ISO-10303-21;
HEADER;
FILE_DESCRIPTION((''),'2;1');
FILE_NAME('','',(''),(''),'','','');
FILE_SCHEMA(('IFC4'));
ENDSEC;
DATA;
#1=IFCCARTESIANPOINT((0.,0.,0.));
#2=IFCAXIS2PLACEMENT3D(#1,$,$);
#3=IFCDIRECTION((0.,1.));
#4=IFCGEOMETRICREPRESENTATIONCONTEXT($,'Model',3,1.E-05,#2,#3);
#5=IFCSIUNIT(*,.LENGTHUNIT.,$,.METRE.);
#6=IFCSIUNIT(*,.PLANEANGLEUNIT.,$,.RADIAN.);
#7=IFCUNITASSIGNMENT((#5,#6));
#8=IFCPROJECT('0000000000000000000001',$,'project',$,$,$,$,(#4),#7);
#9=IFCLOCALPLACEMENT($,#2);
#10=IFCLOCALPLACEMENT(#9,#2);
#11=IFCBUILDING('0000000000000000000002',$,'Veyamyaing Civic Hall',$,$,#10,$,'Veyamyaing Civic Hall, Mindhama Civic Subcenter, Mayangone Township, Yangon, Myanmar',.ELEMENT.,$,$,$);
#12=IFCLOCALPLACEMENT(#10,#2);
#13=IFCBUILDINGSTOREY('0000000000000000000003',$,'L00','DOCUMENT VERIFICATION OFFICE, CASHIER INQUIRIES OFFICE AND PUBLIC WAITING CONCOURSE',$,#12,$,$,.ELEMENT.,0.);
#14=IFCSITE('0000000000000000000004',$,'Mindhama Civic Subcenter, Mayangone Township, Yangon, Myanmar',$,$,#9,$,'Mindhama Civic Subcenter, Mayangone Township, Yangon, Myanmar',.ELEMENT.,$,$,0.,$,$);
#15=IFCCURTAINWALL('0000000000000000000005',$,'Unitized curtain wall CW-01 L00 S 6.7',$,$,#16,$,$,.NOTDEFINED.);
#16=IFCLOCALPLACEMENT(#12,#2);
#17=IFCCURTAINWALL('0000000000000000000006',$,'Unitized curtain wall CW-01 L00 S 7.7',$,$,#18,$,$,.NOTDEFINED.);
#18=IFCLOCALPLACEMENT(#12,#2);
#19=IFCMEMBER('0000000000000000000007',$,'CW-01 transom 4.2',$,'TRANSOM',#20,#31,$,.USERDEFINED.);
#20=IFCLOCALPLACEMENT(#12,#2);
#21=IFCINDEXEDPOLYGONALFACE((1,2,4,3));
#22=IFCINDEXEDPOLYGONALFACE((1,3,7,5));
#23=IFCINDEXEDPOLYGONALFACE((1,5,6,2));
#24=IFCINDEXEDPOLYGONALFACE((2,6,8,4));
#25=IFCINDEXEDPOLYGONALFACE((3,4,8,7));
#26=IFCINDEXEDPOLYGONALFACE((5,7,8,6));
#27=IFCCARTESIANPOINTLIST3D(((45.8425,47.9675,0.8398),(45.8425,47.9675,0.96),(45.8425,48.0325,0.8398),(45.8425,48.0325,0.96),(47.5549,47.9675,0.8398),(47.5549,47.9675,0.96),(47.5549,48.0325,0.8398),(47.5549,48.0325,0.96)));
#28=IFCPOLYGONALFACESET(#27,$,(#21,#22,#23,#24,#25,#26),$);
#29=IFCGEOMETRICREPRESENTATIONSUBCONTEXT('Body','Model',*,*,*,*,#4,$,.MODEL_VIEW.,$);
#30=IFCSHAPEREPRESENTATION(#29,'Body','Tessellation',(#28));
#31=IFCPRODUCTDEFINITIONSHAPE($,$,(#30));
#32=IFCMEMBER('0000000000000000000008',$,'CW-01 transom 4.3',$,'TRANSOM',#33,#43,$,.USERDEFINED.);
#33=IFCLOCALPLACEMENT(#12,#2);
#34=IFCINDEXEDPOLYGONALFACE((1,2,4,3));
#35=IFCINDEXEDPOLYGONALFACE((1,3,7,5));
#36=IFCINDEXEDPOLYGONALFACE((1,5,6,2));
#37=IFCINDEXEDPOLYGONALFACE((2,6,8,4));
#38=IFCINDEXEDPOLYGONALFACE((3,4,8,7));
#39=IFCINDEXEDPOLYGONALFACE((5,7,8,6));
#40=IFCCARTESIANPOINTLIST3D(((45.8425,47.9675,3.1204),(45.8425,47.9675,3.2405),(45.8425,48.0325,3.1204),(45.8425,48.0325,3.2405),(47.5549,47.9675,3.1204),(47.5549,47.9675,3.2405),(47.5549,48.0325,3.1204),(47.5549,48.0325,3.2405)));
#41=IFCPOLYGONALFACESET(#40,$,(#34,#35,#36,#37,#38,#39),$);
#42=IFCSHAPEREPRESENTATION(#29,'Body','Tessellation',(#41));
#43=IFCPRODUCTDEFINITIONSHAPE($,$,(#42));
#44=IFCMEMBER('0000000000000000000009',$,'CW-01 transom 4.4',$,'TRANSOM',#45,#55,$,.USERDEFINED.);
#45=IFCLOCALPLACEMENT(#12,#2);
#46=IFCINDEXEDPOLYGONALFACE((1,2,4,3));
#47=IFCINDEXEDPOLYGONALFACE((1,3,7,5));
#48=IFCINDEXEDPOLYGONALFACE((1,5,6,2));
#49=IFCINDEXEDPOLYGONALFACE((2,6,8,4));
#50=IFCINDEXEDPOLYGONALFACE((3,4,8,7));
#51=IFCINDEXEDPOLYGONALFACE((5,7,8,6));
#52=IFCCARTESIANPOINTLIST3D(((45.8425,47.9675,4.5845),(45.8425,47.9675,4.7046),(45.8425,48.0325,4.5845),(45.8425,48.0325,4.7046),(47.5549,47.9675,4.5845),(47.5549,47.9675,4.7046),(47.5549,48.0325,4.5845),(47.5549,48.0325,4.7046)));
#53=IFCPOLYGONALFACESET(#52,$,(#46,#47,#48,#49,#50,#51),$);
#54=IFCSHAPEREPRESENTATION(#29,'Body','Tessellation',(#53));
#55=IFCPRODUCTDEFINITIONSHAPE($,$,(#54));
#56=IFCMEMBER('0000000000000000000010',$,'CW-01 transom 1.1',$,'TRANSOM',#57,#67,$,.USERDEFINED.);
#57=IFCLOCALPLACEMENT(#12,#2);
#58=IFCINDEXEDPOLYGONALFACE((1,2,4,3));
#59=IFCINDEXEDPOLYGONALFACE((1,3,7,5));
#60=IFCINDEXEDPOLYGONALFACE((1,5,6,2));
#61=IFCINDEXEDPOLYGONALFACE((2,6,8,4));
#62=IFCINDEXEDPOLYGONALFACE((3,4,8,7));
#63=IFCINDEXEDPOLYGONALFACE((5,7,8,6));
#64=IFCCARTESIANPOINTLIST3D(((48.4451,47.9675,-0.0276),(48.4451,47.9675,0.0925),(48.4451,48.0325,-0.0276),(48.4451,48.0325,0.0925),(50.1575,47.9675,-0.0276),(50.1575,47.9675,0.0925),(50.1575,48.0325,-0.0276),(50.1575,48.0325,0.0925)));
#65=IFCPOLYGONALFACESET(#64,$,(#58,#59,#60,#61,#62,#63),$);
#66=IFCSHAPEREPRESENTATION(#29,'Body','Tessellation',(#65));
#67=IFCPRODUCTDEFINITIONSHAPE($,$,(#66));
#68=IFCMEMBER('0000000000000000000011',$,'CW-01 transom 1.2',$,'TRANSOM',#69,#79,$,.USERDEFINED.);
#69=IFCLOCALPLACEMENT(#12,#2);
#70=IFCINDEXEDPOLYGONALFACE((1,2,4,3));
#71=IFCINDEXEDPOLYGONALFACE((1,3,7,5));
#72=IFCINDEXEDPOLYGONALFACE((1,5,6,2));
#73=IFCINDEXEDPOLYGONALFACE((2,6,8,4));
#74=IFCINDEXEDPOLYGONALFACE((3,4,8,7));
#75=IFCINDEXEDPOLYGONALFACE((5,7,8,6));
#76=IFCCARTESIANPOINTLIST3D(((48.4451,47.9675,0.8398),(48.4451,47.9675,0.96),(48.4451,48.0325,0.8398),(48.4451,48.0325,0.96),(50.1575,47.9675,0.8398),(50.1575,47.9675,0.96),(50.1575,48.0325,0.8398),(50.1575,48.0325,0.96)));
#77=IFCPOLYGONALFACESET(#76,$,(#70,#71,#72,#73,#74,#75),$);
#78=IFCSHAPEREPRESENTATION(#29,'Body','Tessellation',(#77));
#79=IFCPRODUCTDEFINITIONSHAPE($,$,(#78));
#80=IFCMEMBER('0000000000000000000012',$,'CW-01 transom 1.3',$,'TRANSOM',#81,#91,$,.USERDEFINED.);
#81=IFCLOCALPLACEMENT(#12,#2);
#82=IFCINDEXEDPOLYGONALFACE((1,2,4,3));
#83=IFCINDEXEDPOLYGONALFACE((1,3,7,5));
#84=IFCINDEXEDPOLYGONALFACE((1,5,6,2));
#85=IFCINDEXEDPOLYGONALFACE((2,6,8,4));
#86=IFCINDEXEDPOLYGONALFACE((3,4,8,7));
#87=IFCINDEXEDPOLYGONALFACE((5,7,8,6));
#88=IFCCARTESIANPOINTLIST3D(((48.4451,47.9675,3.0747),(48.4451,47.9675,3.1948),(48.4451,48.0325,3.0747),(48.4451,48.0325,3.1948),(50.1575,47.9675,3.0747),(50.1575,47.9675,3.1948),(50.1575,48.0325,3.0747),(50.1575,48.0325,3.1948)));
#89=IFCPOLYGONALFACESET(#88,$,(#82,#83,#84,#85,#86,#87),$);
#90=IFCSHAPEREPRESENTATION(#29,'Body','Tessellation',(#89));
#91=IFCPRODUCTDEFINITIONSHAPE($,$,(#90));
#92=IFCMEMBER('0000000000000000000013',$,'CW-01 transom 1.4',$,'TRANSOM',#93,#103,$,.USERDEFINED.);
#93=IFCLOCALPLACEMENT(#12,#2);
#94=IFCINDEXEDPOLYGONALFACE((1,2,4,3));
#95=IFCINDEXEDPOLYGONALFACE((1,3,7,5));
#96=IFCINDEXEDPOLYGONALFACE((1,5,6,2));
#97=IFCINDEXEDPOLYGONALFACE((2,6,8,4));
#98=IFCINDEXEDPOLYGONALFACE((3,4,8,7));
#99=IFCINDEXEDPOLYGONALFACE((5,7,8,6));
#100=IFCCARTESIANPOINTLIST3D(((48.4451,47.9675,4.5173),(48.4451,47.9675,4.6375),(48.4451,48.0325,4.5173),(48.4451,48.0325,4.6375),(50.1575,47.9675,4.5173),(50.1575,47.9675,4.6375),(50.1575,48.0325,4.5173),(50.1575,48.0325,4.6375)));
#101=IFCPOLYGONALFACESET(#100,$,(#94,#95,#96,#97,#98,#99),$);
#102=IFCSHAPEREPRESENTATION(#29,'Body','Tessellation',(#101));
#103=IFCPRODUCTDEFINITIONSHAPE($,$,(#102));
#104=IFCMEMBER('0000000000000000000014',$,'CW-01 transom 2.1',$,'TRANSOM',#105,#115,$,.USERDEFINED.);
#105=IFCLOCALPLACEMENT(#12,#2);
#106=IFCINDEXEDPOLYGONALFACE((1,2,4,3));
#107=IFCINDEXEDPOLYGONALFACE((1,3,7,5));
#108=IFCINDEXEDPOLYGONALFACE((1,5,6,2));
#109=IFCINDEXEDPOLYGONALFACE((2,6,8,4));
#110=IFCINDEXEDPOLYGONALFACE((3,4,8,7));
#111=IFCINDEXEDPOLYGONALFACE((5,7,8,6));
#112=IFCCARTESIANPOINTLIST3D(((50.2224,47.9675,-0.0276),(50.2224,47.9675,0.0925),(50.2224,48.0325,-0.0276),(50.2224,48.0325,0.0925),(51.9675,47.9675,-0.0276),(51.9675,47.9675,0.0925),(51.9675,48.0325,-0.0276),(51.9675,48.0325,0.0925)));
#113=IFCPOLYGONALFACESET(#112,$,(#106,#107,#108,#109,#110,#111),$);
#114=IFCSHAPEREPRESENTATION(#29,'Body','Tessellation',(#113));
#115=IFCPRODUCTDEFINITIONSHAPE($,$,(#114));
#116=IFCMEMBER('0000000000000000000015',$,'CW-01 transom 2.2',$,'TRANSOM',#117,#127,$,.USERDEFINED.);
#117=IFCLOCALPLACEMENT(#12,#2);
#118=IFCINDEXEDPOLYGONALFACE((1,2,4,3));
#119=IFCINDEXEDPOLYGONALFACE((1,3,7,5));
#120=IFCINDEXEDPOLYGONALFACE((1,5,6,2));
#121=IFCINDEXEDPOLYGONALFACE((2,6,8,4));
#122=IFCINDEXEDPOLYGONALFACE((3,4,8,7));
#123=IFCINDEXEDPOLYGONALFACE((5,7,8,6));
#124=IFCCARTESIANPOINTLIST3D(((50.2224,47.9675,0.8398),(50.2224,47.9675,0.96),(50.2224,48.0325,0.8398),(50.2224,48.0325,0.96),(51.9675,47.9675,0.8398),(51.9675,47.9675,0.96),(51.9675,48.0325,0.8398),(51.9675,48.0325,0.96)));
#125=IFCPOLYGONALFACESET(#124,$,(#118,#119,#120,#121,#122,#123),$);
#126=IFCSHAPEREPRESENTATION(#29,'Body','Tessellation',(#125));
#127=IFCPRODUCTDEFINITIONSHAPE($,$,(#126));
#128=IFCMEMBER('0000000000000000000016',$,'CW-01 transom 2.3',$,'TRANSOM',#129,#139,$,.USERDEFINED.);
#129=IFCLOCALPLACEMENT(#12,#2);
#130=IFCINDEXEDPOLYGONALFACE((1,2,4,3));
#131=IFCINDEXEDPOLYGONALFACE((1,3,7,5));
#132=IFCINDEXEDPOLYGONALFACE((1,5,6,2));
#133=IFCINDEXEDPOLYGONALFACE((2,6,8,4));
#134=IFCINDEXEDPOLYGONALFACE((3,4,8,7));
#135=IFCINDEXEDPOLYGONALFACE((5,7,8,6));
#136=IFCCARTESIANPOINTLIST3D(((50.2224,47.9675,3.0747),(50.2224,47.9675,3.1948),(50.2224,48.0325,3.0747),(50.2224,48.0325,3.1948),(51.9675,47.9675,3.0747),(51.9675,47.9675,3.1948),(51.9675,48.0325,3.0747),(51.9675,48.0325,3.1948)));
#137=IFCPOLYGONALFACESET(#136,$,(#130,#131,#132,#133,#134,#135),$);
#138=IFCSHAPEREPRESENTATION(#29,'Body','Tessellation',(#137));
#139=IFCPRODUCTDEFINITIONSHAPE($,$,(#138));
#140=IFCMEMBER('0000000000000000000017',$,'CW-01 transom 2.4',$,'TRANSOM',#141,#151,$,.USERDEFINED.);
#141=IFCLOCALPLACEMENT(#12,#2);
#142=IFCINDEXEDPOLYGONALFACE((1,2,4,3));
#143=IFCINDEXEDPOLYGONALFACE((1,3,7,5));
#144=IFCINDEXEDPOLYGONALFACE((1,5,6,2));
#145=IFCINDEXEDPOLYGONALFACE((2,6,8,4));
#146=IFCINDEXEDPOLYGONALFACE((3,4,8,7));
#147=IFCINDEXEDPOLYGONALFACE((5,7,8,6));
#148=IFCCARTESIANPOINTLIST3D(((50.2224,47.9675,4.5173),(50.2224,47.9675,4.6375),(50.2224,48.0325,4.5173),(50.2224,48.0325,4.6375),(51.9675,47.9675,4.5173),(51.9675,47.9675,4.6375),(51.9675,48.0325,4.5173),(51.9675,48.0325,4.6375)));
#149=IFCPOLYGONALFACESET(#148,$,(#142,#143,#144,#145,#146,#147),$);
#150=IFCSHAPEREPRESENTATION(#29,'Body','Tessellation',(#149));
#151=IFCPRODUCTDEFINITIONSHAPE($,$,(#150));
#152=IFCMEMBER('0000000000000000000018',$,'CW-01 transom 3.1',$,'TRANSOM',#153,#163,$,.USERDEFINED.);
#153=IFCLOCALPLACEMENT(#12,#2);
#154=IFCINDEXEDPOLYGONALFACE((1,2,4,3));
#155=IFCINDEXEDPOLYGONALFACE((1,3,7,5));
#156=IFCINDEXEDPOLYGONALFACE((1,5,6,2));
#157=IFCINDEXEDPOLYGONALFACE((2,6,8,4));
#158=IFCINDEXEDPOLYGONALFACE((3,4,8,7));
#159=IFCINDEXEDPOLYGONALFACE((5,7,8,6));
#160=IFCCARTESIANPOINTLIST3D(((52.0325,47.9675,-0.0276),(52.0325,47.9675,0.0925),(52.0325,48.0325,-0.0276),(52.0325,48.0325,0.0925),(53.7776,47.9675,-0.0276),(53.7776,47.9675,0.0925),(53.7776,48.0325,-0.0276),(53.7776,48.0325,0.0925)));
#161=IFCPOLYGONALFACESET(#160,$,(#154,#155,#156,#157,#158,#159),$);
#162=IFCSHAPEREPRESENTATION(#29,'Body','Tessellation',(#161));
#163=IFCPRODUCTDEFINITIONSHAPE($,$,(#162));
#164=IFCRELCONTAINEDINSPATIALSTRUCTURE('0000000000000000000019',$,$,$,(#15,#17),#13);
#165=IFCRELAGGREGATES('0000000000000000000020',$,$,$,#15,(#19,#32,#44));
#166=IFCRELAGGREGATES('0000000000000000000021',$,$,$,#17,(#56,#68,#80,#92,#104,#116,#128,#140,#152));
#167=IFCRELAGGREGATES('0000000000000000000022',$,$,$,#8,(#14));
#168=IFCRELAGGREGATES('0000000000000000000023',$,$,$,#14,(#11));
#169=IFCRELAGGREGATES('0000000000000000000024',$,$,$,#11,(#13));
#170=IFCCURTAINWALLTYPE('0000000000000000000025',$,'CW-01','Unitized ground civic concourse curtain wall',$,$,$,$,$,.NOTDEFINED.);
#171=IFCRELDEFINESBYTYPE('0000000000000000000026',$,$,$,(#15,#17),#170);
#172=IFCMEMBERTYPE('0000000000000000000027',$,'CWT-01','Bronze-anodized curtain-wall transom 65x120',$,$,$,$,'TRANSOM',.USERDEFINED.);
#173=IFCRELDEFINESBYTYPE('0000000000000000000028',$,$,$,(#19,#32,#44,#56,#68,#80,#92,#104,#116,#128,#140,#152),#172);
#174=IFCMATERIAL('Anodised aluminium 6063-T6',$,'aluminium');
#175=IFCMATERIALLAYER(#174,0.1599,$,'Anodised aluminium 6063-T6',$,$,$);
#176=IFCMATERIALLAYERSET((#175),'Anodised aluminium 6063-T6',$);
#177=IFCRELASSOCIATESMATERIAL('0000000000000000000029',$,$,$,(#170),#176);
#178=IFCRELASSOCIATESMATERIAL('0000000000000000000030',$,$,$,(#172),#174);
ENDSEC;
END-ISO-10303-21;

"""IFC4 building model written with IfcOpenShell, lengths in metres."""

from ifc_helpers import new_model, si_unit, direction, frame, origin, origin_2d, place, context, subcontext, project, spatial, rectangle, extrude, material, layer, layer_set, material_profile, profile_set, type_object, element, aggregate, save


model = new_model("IFC4")

# Units and contexts
model_context = context("Model", 3, precision=1e-05, world=origin(), true_north=direction((0.0, 1.0)))
body_context = subcontext(model_context, "Body", "Model", "MODEL_VIEW")
ifc_project = project(units=[si_unit("LENGTHUNIT", "METRE"), si_unit("PLANEANGLEUNIT", "RADIAN")], contexts=[model_context])

# Site, building, storey
site_placement = place(None, origin())
site = spatial("IfcSite", under=ifc_project, at=site_placement, Name="Mindhama Civic Subcenter, Mayangone Township, Yangon, Myanmar", LongName="Mindhama Civic Subcenter, Mayangone Township, Yangon, Myanmar", CompositionType="ELEMENT", RefElevation=0.0)
building_placement = place(site_placement, origin())
building = spatial("IfcBuilding", under=site, at=building_placement, Name="Veyamyaing Civic Hall", LongName="Veyamyaing Civic Hall, Mindhama Civic Subcenter, Mayangone Township, Yangon, Myanmar", CompositionType="ELEMENT")
storey_placement = place(building_placement, origin())
storey = spatial("IfcBuildingStorey", under=building, at=storey_placement, Name="L00", Description="DOCUMENT VERIFICATION OFFICE, CASHIER INQUIRIES OFFICE AND PUBLIC WAITING CONCOURSE", CompositionType="ELEMENT", Elevation=0.0)

# Curtain walls
ifc_material_1 = material(Name="Anodised aluminium 6063-T6", Category="aluminium")
ifc_layer_1 = layer(ifc_material_1, 0.1599, Name="Anodised aluminium 6063-T6")
ifc_layer_set_1 = layer_set([ifc_layer_1], Name="Anodised aluminium 6063-T6")
curtain_wall_type = type_object("IfcCurtainWallType", Name="CW-01", Description="Unitized ground civic concourse curtain wall", PredefinedType="NOTDEFINED", material=ifc_layer_set_1)
curtain_wall_1_placement = place(storey_placement, origin())
curtain_wall_1 = element("IfcCurtainWall", 1, at=curtain_wall_1_placement, inside=storey, type_object=curtain_wall_type, Name="Unitized curtain wall CW-01 L00 S 6.7", PredefinedType="NOTDEFINED")
curtain_wall_2_placement = place(storey_placement, origin())
curtain_wall_2 = element("IfcCurtainWall", 2, at=curtain_wall_2_placement, inside=storey, type_object=curtain_wall_type, Name="Unitized curtain wall CW-01 L00 S 7.7", PredefinedType="NOTDEFINED")

# Members
ifc_material_profile_1 = material_profile(ifc_material_1, rectangle(XDim=0.0649, YDim=0.1201, at=origin_2d()), Name="ALU-TRN-65X120")
ifc_profile_set_1 = profile_set([ifc_material_profile_1], Name="Anodised aluminium 6063-T6")
member_type_1 = type_object("IfcMemberType", Name="CWT-01", Description="Bronze-anodized curtain-wall transom 65x120", ElementType="TRANSOM", PredefinedType="USERDEFINED", material=ifc_profile_set_1)
member_1_placement = place(storey_placement, frame((45.8425, 48.0, 0.8999), z_axis=(1.0, 0.0, 0.0), x_axis=(0.0, 1.0, 0.0)))
member_1 = element("IfcMember", 3, at=member_1_placement, type_object=member_type_1, Name="CW-01 transom 4.2", ObjectType="TRANSOM", PredefinedType="USERDEFINED", context=body_context, shape_type="SweptSolid", body=[
    extrude(rectangle(XDim=0.0649, YDim=0.1201, at=origin_2d()), origin(), (0.0, 0.0, 1.0), 1.7124),
])
member_2_placement = place(storey_placement, frame((45.8425, 48.0, 3.1804), z_axis=(1.0, 0.0, 0.0), x_axis=(0.0, 1.0, 0.0)))
member_2 = element("IfcMember", 4, at=member_2_placement, type_object=member_type_1, Name="CW-01 transom 4.3", ObjectType="TRANSOM", PredefinedType="USERDEFINED", context=body_context, shape_type="SweptSolid", body=[
    extrude(rectangle(XDim=0.0649, YDim=0.1201, at=origin_2d()), origin(), (0.0, 0.0, 1.0), 1.7124),
])
member_3_placement = place(storey_placement, frame((45.8425, 48.0, 4.6445), z_axis=(1.0, 0.0, 0.0), x_axis=(0.0, 1.0, 0.0)))
member_3 = element("IfcMember", 5, at=member_3_placement, type_object=member_type_1, Name="CW-01 transom 4.4", ObjectType="TRANSOM", PredefinedType="USERDEFINED", context=body_context, shape_type="SweptSolid", body=[
    extrude(rectangle(XDim=0.0649, YDim=0.1201, at=origin_2d()), origin(), (0.0, 0.0, 1.0), 1.7124),
])
member_4_placement = place(storey_placement, frame((48.4451, 48.0, 0.0325), z_axis=(1.0, 0.0, 0.0), x_axis=(0.0, 1.0, 0.0)))
member_4 = element("IfcMember", 6, at=member_4_placement, type_object=member_type_1, Name="CW-01 transom 1.1", ObjectType="TRANSOM", PredefinedType="USERDEFINED", context=body_context, shape_type="SweptSolid", body=[
    extrude(rectangle(XDim=0.0649, YDim=0.1201, at=origin_2d()), origin(), (0.0, 0.0, 1.0), 1.7124),
])
member_5_placement = place(storey_placement, frame((48.4451, 48.0, 0.8999), z_axis=(1.0, 0.0, 0.0), x_axis=(0.0, 1.0, 0.0)))
member_5 = element("IfcMember", 7, at=member_5_placement, type_object=member_type_1, Name="CW-01 transom 1.2", ObjectType="TRANSOM", PredefinedType="USERDEFINED", context=body_context, shape_type="SweptSolid", body=[
    extrude(rectangle(XDim=0.0649, YDim=0.1201, at=origin_2d()), origin(), (0.0, 0.0, 1.0), 1.7124),
])
member_6_placement = place(storey_placement, frame((48.4451, 48.0, 3.1348), z_axis=(1.0, 0.0, 0.0), x_axis=(0.0, 1.0, 0.0)))
member_6 = element("IfcMember", 8, at=member_6_placement, type_object=member_type_1, Name="CW-01 transom 1.3", ObjectType="TRANSOM", PredefinedType="USERDEFINED", context=body_context, shape_type="SweptSolid", body=[
    extrude(rectangle(XDim=0.0649, YDim=0.1201, at=origin_2d()), origin(), (0.0, 0.0, 1.0), 1.7124),
])
member_7_placement = place(storey_placement, frame((48.4451, 48.0, 4.5774), z_axis=(1.0, 0.0, 0.0), x_axis=(0.0, 1.0, 0.0)))
member_7 = element("IfcMember", 9, at=member_7_placement, type_object=member_type_1, Name="CW-01 transom 1.4", ObjectType="TRANSOM", PredefinedType="USERDEFINED", context=body_context, shape_type="SweptSolid", body=[
    extrude(rectangle(XDim=0.0649, YDim=0.1201, at=origin_2d()), origin(), (0.0, 0.0, 1.0), 1.7124),
])
member_8_placement = place(storey_placement, frame((50.2224, 48.0, 0.0325), z_axis=(1.0, 0.0, 0.0), x_axis=(0.0, 1.0, 0.0)))
member_8 = element("IfcMember", 10, at=member_8_placement, type_object=member_type_1, Name="CW-01 transom 2.1", ObjectType="TRANSOM", PredefinedType="USERDEFINED", context=body_context, shape_type="SweptSolid", body=[
    extrude(rectangle(XDim=0.0649, YDim=0.1201, at=origin_2d()), origin(), (0.0, 0.0, 1.0), 1.7451),
])
member_9_placement = place(storey_placement, frame((50.2224, 48.0, 0.8999), z_axis=(1.0, 0.0, 0.0), x_axis=(0.0, 1.0, 0.0)))
member_9 = element("IfcMember", 11, at=member_9_placement, type_object=member_type_1, Name="CW-01 transom 2.2", ObjectType="TRANSOM", PredefinedType="USERDEFINED", context=body_context, shape_type="SweptSolid", body=[
    extrude(rectangle(XDim=0.0649, YDim=0.1201, at=origin_2d()), origin(), (0.0, 0.0, 1.0), 1.7451),
])
member_10_placement = place(storey_placement, frame((50.2224, 48.0, 3.1348), z_axis=(1.0, 0.0, 0.0), x_axis=(0.0, 1.0, 0.0)))
member_10 = element("IfcMember", 12, at=member_10_placement, type_object=member_type_1, Name="CW-01 transom 2.3", ObjectType="TRANSOM", PredefinedType="USERDEFINED", context=body_context, shape_type="SweptSolid", body=[
    extrude(rectangle(XDim=0.0649, YDim=0.1201, at=origin_2d()), origin(), (0.0, 0.0, 1.0), 1.7451),
])
member_11_placement = place(storey_placement, frame((50.2224, 48.0, 4.5774), z_axis=(1.0, 0.0, 0.0), x_axis=(0.0, 1.0, 0.0)))
member_11 = element("IfcMember", 13, at=member_11_placement, type_object=member_type_1, Name="CW-01 transom 2.4", ObjectType="TRANSOM", PredefinedType="USERDEFINED", context=body_context, shape_type="SweptSolid", body=[
    extrude(rectangle(XDim=0.0649, YDim=0.1201, at=origin_2d()), origin(), (0.0, 0.0, 1.0), 1.7451),
])
member_12_placement = place(storey_placement, frame((52.0325, 48.0, 0.0325), z_axis=(1.0, 0.0, 0.0), x_axis=(0.0, 1.0, 0.0)))
member_12 = element("IfcMember", 14, at=member_12_placement, type_object=member_type_1, Name="CW-01 transom 3.1", ObjectType="TRANSOM", PredefinedType="USERDEFINED", context=body_context, shape_type="SweptSolid", body=[
    extrude(rectangle(XDim=0.0649, YDim=0.1201, at=origin_2d()), origin(), (0.0, 0.0, 1.0), 1.7451),
])

aggregate(curtain_wall_1, [member_1, member_2, member_3])
aggregate(curtain_wall_2, [member_4, member_5, member_6, member_7, member_8, member_9, member_10, member_11, member_12])

save(model, "model.ifc")
